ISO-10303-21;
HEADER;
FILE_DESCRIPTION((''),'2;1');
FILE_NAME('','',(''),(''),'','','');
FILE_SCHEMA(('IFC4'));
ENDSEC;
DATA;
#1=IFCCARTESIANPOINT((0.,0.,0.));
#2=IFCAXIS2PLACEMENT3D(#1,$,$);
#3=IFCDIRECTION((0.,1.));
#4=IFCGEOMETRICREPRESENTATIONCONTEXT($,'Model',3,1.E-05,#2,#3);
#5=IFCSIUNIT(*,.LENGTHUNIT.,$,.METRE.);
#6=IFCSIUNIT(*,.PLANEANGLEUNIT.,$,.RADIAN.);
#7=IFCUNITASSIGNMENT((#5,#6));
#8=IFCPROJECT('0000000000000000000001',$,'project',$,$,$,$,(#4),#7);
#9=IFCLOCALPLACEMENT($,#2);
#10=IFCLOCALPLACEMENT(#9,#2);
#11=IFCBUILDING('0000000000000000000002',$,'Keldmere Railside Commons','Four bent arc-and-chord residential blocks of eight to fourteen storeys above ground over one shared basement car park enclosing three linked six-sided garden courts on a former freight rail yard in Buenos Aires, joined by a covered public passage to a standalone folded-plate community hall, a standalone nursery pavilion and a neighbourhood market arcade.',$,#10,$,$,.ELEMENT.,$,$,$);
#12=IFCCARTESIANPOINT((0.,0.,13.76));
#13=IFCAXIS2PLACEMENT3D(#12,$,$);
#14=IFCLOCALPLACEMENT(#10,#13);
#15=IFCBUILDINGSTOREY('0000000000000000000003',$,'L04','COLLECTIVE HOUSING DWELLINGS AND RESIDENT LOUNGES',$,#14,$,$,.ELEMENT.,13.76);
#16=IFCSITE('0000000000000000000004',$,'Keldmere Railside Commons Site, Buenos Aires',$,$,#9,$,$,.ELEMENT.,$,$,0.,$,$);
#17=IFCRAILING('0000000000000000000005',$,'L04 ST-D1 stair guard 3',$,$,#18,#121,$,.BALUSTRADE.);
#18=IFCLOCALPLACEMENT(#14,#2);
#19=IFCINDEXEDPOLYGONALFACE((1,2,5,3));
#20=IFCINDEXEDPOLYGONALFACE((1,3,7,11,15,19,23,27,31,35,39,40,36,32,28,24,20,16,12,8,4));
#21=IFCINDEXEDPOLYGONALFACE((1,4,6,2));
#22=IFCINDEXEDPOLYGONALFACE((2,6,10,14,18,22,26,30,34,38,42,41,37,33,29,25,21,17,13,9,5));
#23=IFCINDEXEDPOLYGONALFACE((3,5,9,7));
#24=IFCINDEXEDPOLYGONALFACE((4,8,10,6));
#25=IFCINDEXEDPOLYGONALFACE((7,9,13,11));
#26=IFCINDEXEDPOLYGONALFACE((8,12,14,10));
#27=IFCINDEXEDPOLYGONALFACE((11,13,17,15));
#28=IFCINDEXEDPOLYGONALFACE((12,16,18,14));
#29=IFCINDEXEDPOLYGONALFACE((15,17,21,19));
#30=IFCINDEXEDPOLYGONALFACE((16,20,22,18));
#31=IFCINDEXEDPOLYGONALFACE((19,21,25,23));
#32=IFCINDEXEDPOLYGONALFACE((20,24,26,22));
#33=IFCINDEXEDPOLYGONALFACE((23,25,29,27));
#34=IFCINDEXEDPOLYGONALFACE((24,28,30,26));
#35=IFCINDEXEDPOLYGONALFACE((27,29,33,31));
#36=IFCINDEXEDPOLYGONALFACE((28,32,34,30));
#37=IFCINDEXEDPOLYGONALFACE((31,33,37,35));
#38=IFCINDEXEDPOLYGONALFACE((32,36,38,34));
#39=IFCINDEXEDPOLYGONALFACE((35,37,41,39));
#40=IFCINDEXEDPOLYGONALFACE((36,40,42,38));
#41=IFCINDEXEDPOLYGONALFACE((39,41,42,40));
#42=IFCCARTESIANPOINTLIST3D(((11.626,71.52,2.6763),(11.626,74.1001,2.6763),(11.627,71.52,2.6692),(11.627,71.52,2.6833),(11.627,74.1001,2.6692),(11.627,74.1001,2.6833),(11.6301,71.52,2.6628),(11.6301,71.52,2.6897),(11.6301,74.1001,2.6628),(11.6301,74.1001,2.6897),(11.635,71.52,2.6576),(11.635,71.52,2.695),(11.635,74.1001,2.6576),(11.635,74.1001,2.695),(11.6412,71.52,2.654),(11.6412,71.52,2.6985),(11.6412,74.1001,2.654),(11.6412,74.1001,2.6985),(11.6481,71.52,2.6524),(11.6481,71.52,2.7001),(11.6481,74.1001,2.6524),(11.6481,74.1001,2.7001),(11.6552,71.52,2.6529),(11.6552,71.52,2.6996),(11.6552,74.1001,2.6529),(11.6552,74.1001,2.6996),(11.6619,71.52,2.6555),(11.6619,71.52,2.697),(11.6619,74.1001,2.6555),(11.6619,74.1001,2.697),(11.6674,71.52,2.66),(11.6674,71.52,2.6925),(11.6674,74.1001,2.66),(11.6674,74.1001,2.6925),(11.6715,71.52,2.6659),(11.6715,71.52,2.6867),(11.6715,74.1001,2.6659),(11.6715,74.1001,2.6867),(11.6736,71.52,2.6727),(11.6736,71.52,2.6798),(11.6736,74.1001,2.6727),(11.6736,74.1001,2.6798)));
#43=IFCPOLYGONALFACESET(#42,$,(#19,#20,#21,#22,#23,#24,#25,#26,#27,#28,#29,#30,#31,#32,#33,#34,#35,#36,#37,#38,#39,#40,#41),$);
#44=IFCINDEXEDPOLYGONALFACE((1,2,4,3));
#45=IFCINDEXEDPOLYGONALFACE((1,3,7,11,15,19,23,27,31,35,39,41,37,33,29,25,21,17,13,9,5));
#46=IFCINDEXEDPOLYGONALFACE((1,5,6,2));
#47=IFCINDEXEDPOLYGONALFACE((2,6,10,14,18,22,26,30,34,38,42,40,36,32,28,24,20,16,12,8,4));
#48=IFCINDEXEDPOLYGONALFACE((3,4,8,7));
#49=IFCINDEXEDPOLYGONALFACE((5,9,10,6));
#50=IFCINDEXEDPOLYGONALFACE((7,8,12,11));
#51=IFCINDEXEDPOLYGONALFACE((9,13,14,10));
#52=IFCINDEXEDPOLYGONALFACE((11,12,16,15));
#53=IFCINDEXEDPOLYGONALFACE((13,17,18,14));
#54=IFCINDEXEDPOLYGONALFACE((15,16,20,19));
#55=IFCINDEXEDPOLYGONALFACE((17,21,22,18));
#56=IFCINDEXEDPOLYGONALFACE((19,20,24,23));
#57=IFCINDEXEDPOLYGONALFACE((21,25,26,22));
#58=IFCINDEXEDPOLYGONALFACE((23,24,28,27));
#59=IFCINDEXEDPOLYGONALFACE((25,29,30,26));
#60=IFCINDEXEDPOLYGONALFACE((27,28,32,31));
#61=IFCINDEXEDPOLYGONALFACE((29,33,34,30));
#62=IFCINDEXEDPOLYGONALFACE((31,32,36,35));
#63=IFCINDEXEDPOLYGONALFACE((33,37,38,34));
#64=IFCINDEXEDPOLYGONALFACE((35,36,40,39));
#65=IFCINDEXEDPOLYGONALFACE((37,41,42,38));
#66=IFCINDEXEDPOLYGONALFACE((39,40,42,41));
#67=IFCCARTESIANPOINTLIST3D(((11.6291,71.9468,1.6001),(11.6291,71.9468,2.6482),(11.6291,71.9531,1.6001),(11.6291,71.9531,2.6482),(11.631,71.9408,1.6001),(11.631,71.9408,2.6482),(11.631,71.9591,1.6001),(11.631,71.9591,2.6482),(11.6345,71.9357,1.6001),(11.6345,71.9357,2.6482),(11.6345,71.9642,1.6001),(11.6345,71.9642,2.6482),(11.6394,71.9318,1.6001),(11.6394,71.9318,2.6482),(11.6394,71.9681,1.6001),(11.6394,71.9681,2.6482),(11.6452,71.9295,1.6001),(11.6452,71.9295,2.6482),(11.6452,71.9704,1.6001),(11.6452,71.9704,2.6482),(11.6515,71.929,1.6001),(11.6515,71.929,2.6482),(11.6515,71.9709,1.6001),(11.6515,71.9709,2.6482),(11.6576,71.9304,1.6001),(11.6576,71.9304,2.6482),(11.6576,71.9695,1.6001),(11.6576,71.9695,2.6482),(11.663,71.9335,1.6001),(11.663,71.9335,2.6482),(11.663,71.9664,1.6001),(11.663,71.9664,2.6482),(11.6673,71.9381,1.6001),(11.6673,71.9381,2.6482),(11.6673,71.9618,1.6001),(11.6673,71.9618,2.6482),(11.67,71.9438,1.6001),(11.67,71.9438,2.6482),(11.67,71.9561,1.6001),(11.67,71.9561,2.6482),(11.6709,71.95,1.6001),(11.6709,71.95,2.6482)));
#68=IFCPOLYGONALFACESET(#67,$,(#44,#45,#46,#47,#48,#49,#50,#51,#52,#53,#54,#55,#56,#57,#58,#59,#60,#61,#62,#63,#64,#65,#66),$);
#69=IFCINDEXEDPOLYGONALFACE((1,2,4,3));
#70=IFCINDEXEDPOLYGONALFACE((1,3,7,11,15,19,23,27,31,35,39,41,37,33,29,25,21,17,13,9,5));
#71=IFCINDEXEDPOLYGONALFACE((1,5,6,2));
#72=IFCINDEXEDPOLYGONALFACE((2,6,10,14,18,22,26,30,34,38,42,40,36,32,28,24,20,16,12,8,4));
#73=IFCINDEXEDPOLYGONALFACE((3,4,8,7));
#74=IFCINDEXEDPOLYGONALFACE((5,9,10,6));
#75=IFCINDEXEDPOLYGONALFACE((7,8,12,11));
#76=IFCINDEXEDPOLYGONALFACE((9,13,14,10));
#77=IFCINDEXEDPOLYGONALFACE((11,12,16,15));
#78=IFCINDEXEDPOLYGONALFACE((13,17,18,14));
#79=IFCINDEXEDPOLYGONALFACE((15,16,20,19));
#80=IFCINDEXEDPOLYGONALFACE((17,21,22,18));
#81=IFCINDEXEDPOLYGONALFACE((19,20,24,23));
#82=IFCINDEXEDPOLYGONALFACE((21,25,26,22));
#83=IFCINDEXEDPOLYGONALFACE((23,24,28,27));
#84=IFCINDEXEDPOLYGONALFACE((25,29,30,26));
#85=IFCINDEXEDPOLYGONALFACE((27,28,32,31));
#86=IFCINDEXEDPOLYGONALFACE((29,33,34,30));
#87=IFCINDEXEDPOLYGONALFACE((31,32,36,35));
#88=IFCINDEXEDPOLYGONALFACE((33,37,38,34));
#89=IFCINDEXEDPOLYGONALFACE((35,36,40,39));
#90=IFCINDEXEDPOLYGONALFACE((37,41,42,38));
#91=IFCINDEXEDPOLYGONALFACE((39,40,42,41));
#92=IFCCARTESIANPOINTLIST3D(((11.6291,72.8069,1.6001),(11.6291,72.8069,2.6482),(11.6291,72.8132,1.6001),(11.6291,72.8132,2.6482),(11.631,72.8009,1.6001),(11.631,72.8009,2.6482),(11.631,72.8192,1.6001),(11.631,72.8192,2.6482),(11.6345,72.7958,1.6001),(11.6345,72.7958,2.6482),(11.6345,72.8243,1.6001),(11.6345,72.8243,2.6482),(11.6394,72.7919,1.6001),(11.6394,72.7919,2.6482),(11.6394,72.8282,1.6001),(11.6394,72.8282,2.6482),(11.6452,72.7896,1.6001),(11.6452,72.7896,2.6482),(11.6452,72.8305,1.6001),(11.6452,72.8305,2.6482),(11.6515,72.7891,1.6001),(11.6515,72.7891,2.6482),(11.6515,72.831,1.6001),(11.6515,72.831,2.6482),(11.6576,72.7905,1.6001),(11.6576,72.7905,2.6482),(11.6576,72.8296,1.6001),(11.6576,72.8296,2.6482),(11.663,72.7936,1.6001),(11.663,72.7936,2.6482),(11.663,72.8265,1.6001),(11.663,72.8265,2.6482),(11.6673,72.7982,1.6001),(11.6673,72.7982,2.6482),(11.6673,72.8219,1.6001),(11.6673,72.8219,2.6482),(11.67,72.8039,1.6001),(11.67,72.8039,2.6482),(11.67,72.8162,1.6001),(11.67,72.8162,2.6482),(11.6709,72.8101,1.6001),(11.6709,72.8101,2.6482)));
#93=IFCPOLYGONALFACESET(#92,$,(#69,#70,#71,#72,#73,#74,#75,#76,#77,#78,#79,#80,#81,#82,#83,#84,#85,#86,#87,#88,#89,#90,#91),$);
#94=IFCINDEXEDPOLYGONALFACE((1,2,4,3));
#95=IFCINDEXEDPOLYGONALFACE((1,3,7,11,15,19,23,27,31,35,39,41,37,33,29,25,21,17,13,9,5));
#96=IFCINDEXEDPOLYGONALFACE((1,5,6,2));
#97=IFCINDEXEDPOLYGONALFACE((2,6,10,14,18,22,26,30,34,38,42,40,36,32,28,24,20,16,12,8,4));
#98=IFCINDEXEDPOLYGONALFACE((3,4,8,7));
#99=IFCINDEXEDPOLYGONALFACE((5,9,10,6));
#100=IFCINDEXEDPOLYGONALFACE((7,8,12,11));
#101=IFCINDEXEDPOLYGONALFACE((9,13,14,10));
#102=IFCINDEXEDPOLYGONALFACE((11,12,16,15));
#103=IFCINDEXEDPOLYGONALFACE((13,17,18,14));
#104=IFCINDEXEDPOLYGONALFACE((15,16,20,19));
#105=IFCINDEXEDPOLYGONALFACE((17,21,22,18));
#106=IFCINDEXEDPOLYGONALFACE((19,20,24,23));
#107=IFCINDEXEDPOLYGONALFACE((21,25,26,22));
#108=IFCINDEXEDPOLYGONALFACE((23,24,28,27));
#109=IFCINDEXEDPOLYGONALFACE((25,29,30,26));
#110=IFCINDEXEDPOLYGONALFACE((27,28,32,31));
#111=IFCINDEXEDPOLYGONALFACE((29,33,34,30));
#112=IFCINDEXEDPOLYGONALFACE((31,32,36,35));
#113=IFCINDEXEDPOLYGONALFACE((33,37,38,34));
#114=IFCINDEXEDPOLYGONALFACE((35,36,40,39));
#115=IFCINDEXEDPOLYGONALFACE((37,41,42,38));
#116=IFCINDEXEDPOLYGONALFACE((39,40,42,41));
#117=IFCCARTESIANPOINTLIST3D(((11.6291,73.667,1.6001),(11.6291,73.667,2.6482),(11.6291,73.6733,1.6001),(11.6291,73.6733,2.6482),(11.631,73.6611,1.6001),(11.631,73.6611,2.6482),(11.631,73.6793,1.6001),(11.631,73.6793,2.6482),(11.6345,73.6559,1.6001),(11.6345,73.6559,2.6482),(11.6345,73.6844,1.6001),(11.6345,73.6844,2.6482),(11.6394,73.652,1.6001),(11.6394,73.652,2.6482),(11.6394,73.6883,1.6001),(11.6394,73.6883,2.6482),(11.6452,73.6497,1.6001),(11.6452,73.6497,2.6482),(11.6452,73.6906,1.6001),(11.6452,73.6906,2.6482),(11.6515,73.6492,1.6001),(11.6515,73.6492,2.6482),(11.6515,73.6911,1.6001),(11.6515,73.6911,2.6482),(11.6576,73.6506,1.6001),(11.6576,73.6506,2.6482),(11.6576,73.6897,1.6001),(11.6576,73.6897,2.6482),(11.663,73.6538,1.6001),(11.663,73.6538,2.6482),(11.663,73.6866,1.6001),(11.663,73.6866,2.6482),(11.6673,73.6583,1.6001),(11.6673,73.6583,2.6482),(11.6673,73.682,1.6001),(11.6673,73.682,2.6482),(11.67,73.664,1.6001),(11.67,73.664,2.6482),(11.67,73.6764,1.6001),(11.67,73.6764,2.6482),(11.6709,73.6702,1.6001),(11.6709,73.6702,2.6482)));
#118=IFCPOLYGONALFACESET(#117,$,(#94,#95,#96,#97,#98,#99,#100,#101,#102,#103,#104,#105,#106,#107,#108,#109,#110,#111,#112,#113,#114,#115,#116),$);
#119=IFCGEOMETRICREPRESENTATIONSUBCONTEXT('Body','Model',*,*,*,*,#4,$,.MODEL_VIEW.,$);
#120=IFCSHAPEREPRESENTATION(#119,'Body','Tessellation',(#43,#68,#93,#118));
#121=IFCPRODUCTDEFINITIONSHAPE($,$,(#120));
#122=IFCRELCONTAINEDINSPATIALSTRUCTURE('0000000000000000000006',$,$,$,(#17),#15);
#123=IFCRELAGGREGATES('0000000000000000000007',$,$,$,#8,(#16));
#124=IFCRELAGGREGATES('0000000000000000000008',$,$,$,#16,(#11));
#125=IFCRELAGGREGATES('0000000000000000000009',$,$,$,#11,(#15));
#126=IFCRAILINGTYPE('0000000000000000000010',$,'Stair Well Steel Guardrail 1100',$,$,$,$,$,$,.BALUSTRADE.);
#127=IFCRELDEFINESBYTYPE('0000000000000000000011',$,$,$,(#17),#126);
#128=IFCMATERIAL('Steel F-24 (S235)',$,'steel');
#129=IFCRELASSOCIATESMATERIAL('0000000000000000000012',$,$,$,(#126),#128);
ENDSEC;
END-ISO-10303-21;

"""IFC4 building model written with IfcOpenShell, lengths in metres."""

from ifc_helpers import new_model, si_unit, direction, frame, origin, origin_2d, place, context, subcontext, project, spatial, circle, extrude, material, type_object, element, save


model = new_model("IFC4")

# Units and contexts
model_context = context("Model", 3, precision=1e-05, world=origin(), true_north=direction((0.0, 1.0)))
body_context = subcontext(model_context, "Body", "Model", "MODEL_VIEW")
ifc_project = project(units=[si_unit("LENGTHUNIT", "METRE"), si_unit("PLANEANGLEUNIT", "RADIAN")], contexts=[model_context])

# Site, building, storey
site_placement = place(None, origin())
site = spatial("IfcSite", under=ifc_project, at=site_placement, Name="Keldmere Railside Commons Site, Buenos Aires", CompositionType="ELEMENT", RefElevation=0.0)
building_placement = place(site_placement, origin())
building = spatial("IfcBuilding", under=site, at=building_placement, Name="Keldmere Railside Commons", Description="Four bent arc-and-chord residential blocks of eight to fourteen storeys above ground over one shared basement car park enclosing three linked six-sided garden courts on a former freight rail yard in Buenos Aires, joined by a covered public passage to a standalone folded-plate community hall, a standalone nursery pavilion and a neighbourhood market arcade.", CompositionType="ELEMENT")
storey_placement = place(building_placement, frame((0.0, 0.0, 13.76)))
storey = spatial("IfcBuildingStorey", under=building, at=storey_placement, Name="L04", Description="COLLECTIVE HOUSING DWELLINGS AND RESIDENT LOUNGES", CompositionType="ELEMENT", Elevation=13.76)

# Railing
ifc_material_1 = material(Name="Steel F-24 (S235)", Category="steel")
railing_type_1 = type_object("IfcRailingType", Name="Stair Well Steel Guardrail 1100", PredefinedType="BALUSTRADE", material=ifc_material_1)
railing_1_placement = place(storey_placement, frame((11.6499, 71.52, 1.6001)))
element("IfcRailing", 1, at=railing_1_placement, inside=storey, type_object=railing_type_1, Name="L04 ST-D1 stair guard 3", PredefinedType="BALUSTRADE", context=body_context, shape_type="SweptSolid", body=[
    extrude(circle(Radius=0.0239, at=origin_2d()), frame((0.0, 0.0, 1.0762), z_axis=(0.0, 1.0, 0.0), x_axis=(-1.0, 0.0, 0.0)), (0.0, 0.0, 1.0), 2.5801),
    extrude(circle(Radius=0.021, at=origin_2d()), frame((0.0, 0.4299, 0.0)), (0.0, 0.0, 1.0), 1.0481),
    extrude(circle(Radius=0.021, at=origin_2d()), frame((0.0, 1.29, 0.0)), (0.0, 0.0, 1.0), 1.0481),
    extrude(circle(Radius=0.021, at=origin_2d()), frame((0.0, 2.1501, 0.0)), (0.0, 0.0, 1.0), 1.0481),
])

save(model, "model.ifc")
